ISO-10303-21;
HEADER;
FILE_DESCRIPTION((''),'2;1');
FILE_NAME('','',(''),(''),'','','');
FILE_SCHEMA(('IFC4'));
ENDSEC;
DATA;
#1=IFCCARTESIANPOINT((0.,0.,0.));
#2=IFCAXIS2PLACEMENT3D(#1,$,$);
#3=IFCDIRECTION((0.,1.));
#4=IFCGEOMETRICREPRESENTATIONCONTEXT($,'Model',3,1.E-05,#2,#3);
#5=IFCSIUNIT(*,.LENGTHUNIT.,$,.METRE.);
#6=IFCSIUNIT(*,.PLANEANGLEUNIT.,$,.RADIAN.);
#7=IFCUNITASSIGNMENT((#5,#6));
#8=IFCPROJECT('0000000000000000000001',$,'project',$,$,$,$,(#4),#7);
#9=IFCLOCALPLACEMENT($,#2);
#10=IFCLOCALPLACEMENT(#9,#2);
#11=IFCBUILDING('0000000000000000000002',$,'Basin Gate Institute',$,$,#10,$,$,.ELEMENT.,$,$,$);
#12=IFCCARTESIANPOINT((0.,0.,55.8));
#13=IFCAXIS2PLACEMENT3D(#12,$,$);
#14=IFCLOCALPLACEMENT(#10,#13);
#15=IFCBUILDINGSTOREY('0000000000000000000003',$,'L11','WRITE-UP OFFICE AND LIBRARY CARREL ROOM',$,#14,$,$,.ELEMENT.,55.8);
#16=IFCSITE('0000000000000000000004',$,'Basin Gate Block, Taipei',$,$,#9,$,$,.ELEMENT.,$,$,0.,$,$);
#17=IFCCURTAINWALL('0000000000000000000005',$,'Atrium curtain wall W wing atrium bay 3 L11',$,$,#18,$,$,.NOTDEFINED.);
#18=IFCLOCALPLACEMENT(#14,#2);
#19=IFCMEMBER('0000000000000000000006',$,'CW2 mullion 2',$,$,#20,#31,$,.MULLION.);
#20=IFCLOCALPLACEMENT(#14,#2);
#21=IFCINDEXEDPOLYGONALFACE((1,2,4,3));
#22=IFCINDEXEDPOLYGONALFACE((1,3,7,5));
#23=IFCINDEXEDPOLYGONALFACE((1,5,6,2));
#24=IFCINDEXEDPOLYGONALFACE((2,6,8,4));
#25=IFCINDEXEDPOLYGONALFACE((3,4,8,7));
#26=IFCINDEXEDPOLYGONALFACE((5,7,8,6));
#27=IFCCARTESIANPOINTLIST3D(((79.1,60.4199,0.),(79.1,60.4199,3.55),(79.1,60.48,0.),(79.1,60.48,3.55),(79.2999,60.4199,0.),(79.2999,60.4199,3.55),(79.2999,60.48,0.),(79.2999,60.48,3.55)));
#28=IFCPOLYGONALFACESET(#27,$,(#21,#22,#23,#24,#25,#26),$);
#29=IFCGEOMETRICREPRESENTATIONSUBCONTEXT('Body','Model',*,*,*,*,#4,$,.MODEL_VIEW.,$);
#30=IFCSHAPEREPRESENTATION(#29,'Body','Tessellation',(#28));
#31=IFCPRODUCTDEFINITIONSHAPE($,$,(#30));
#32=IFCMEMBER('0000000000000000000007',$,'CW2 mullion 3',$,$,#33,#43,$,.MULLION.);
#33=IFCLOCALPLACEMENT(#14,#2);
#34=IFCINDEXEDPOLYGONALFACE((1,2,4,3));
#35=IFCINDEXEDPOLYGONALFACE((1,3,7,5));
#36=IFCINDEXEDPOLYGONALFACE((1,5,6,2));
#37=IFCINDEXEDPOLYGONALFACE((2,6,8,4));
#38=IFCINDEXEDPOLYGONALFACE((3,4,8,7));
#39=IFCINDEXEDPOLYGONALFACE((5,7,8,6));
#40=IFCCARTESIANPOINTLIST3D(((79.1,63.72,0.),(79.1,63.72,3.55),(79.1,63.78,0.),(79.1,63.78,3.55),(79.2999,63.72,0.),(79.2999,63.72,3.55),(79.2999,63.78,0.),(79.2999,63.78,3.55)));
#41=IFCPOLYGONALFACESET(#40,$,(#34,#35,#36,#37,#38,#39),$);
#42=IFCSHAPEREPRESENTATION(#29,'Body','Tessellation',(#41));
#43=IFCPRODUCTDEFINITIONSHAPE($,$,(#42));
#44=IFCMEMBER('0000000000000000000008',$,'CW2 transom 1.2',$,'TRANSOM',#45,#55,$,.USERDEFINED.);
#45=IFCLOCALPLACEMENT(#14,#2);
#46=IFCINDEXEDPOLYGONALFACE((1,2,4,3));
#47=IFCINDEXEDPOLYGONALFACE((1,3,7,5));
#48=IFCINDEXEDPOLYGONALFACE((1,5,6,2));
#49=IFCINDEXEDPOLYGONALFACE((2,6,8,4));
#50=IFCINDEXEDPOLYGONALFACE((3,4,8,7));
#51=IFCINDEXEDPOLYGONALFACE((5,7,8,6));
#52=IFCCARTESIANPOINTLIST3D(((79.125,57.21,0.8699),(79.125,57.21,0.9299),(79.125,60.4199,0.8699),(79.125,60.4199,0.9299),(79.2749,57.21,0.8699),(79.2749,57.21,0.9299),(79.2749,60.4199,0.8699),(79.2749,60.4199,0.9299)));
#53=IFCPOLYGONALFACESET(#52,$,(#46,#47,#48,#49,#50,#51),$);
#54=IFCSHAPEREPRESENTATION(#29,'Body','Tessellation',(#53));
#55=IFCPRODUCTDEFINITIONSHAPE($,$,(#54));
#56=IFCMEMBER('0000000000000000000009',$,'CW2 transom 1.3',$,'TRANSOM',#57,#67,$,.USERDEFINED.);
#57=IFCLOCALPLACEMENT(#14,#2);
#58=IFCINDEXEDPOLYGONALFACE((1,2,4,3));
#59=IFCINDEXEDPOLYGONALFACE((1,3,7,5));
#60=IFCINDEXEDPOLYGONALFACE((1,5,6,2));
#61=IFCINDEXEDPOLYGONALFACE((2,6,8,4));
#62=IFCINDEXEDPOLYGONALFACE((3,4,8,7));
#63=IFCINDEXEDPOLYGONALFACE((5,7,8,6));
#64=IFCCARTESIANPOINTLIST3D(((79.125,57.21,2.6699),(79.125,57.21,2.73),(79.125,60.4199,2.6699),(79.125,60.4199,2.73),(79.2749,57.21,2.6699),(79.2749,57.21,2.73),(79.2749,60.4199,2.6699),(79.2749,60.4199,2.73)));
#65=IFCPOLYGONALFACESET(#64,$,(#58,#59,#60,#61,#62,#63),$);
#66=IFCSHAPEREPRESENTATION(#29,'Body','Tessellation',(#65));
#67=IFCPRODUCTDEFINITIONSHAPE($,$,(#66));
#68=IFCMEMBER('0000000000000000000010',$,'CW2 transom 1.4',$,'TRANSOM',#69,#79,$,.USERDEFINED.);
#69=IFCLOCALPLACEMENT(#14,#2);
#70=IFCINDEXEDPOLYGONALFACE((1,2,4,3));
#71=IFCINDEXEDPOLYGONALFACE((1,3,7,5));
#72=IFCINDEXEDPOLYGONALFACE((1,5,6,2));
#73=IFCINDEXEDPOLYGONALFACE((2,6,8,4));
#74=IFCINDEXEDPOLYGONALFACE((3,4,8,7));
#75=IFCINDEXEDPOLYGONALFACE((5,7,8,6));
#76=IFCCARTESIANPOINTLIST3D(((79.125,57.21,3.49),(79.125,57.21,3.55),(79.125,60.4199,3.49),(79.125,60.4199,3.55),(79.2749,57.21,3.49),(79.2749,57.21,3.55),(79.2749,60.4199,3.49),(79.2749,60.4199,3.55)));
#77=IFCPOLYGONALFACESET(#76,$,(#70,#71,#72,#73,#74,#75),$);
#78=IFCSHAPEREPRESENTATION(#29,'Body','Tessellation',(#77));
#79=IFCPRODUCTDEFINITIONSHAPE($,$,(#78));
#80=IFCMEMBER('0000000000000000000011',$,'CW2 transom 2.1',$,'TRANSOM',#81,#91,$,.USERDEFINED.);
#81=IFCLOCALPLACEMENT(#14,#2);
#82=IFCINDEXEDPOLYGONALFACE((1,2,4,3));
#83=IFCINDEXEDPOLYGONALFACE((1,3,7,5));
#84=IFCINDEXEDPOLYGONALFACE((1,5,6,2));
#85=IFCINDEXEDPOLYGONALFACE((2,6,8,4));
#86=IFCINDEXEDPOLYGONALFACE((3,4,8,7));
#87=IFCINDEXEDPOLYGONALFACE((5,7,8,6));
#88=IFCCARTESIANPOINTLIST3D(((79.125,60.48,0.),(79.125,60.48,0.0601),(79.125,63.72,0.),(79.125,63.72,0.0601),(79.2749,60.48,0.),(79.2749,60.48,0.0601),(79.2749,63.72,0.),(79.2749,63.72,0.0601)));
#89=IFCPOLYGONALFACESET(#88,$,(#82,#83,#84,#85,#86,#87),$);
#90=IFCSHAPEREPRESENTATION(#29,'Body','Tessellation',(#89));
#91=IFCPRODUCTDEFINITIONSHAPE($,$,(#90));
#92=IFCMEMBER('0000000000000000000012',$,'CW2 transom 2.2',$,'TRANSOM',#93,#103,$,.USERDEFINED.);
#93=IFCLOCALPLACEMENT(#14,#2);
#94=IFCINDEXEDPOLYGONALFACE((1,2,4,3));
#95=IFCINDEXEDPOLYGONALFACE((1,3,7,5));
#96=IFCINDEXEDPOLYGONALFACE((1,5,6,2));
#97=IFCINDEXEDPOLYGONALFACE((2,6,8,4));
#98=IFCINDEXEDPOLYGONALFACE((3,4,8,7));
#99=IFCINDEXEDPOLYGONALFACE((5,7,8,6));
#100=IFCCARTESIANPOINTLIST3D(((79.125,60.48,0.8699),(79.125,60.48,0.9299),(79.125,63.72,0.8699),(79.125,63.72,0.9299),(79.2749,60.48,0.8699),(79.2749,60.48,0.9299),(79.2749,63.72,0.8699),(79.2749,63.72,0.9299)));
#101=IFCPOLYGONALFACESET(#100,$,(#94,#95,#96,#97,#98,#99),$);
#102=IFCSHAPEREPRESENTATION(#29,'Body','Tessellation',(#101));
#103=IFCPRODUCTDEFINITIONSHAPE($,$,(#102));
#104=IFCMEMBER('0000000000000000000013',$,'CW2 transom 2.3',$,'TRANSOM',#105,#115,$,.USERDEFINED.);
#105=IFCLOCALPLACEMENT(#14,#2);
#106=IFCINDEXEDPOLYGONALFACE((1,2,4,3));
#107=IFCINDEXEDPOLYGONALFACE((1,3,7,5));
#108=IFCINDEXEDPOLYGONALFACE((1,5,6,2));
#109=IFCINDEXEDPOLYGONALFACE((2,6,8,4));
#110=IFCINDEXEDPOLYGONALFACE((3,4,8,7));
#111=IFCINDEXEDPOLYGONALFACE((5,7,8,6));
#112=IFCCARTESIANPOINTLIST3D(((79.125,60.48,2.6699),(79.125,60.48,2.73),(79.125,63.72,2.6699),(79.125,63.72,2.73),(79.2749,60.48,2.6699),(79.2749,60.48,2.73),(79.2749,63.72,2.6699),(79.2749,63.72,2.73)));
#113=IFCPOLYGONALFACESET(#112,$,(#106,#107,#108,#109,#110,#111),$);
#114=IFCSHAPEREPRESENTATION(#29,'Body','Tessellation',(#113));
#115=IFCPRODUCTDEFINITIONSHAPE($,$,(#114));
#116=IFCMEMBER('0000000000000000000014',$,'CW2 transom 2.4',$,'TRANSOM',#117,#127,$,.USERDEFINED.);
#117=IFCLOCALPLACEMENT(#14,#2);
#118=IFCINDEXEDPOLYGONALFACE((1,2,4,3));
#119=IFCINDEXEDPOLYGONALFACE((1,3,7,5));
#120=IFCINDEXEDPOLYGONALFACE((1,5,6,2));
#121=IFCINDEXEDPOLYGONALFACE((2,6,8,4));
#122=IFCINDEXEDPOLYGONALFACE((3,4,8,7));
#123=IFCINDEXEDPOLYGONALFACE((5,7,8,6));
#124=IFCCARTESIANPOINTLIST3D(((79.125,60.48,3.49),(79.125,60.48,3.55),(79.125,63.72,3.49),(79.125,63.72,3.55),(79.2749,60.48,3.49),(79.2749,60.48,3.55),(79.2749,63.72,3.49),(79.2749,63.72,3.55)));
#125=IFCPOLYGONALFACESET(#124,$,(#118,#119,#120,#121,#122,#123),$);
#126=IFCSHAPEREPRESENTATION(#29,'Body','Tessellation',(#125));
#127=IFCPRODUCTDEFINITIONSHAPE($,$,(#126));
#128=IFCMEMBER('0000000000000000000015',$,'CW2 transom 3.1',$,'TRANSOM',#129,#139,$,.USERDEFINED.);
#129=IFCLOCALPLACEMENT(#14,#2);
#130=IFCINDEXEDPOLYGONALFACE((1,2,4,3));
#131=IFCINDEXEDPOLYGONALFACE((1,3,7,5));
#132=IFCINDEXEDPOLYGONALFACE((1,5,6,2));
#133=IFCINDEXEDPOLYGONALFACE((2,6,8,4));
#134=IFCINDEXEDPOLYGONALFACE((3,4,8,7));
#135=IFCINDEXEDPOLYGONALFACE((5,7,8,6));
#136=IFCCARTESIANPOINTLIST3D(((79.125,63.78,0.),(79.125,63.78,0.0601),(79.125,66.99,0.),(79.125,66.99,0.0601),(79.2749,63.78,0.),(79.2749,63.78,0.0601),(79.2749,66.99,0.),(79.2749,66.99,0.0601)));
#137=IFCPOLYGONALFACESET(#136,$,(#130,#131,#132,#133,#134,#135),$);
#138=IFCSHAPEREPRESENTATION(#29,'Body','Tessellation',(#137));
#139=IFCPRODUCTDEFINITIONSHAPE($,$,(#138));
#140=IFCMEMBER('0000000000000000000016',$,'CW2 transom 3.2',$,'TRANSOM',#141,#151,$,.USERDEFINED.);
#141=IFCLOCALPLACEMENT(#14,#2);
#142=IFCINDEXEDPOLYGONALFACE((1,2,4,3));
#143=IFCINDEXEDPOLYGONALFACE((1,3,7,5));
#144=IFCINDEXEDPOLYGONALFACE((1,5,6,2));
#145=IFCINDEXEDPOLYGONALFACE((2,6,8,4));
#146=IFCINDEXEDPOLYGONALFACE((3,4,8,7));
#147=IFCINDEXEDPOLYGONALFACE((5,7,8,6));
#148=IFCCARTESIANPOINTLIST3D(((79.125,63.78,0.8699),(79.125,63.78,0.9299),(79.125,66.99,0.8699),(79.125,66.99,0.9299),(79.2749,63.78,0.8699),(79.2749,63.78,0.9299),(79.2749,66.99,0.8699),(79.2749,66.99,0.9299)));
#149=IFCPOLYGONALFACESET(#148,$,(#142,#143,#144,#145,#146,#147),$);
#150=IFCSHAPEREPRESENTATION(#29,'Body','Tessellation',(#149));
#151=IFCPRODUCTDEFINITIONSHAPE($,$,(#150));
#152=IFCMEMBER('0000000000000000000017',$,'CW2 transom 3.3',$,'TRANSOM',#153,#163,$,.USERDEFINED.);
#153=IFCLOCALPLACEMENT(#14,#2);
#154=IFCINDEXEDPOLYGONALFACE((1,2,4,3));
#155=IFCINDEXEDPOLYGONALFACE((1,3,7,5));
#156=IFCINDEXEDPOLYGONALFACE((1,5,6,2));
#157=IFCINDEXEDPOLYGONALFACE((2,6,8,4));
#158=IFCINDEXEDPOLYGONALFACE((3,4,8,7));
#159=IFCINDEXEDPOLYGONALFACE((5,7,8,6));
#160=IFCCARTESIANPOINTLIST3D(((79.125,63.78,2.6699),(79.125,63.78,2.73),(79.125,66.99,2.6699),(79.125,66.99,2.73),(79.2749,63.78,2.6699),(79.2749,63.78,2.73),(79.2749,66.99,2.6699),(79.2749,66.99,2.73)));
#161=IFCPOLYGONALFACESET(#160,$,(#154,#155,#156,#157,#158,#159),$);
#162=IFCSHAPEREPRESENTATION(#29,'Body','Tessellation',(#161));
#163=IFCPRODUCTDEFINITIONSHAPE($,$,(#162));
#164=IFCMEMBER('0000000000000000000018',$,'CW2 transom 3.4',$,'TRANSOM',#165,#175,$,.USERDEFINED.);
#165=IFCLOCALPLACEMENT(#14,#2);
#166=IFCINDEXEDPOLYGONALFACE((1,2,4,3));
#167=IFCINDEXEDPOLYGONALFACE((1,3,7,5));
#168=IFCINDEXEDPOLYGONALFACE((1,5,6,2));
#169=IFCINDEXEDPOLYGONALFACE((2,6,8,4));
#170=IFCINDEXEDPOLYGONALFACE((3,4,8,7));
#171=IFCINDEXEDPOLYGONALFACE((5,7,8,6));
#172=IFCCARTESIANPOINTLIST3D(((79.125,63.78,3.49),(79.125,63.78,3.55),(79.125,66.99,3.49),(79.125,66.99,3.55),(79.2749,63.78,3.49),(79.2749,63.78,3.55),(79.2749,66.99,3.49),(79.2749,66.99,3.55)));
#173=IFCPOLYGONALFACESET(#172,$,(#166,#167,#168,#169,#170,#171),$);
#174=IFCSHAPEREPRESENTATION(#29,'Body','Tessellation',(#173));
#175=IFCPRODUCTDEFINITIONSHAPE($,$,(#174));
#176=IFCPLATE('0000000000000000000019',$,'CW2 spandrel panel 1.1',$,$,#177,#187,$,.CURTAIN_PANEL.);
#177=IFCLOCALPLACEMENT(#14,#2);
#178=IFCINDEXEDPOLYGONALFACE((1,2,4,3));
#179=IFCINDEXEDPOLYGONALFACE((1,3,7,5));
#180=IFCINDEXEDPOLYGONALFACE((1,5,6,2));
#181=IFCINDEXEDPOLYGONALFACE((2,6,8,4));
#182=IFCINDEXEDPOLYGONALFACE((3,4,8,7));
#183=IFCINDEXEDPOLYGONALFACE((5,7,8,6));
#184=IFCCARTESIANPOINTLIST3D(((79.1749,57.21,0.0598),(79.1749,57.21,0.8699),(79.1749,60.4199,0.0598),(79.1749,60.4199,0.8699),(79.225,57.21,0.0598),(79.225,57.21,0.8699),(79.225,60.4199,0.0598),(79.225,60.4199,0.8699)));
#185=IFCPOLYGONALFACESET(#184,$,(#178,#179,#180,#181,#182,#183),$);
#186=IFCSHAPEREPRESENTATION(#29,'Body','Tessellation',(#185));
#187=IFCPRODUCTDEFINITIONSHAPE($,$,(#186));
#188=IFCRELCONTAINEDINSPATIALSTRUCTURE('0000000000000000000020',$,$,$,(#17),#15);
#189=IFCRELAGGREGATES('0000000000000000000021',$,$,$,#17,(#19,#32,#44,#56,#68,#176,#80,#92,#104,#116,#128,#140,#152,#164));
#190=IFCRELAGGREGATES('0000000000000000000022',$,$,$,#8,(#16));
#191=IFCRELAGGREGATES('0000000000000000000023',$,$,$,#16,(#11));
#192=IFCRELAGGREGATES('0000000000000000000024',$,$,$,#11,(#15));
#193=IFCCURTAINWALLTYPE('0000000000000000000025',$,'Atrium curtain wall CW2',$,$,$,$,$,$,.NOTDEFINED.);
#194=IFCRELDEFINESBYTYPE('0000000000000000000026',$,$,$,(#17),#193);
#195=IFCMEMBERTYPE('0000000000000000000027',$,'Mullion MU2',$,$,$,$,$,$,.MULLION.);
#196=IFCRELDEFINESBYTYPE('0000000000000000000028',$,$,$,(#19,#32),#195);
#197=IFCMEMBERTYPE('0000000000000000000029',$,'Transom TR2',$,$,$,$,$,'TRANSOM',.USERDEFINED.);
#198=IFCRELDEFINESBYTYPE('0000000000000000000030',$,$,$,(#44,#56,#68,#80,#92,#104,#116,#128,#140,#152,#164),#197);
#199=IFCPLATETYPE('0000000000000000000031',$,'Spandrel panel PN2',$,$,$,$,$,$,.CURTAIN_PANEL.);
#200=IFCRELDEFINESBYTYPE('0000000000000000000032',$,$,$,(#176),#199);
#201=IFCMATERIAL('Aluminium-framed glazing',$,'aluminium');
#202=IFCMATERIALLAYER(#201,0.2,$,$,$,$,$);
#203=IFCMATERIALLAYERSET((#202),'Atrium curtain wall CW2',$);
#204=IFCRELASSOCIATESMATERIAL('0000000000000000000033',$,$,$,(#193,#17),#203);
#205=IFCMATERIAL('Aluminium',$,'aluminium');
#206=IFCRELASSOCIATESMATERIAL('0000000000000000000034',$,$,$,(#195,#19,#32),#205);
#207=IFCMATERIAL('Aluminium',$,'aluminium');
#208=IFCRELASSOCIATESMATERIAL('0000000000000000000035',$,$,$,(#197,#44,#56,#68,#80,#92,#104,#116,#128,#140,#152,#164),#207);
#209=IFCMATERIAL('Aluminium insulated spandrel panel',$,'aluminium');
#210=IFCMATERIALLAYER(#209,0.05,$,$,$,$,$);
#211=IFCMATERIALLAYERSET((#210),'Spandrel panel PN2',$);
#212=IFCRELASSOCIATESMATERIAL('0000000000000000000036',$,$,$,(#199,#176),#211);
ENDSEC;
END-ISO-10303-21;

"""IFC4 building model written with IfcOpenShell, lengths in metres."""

from ifc_helpers import new_model, si_unit, direction, frame, origin, origin_2d, place, context, subcontext, project, spatial, rectangle, extrude, material, layer, layer_set, material_profile, profile_set, type_object, element, aggregate, save


model = new_model("IFC4")

# Units and contexts
model_context = context("Model", 3, precision=1e-05, world=origin(), true_north=direction((0.0, 1.0)))
body_context = subcontext(model_context, "Body", "Model", "MODEL_VIEW")
ifc_project = project(units=[si_unit("LENGTHUNIT", "METRE"), si_unit("PLANEANGLEUNIT", "RADIAN")], contexts=[model_context])

# Site, building, storey
site_placement = place(None, origin())
site = spatial("IfcSite", under=ifc_project, at=site_placement, Name="Basin Gate Block, Taipei", CompositionType="ELEMENT", RefElevation=0.0)
building_placement = place(site_placement, origin())
building = spatial("IfcBuilding", under=site, at=building_placement, Name="Basin Gate Institute", CompositionType="ELEMENT")
storey_placement = place(building_placement, frame((0.0, 0.0, 55.8)))
storey = spatial("IfcBuildingStorey", under=building, at=storey_placement, Name="L11", Description="WRITE-UP OFFICE AND LIBRARY CARREL ROOM", CompositionType="ELEMENT", Elevation=55.8)

# Curtain wall, members, plate
ifc_material_1 = material(Name="Aluminium-framed glazing", Category="aluminium")
ifc_layer_1 = layer(ifc_material_1, 0.2)
ifc_layer_set_1 = layer_set([ifc_layer_1], Name="Atrium curtain wall CW2")
curtain_wall_type = type_object("IfcCurtainWallType", Name="Atrium curtain wall CW2", PredefinedType="NOTDEFINED", material=ifc_layer_set_1)
curtain_wall_placement = place(storey_placement, origin())
curtain_wall = element("IfcCurtainWall", 1, at=curtain_wall_placement, inside=storey, type_object=curtain_wall_type, material=ifc_layer_set_1, Name="Atrium curtain wall W wing atrium bay 3 L11", PredefinedType="NOTDEFINED")
ifc_material_2 = material(Name="Aluminium", Category="aluminium")
ifc_material_profile_1 = material_profile(ifc_material_2, rectangle(XDim=0.2, YDim=0.0601, at=origin_2d()), Name="Mullion MU2 200 x 60")
ifc_profile_set_1 = profile_set([ifc_material_profile_1], Name="Aluminium")
member_type_1 = type_object("IfcMemberType", Name="Mullion MU2", PredefinedType="MULLION", material=ifc_profile_set_1)
member_1_placement = place(storey_placement, frame((79.2, 60.45, 0.0), z_axis=(0.0, 0.0, 1.0), x_axis=(-1.0, 0.0, 0.0)))
member_1 = element("IfcMember", 2, at=member_1_placement, type_object=member_type_1, material=ifc_profile_set_1, Name="CW2 mullion 2", PredefinedType="MULLION", context=body_context, shape_type="SweptSolid", body=[
    extrude(rectangle(XDim=0.2, YDim=0.0601, at=origin_2d()), origin(), (0.0, 0.0, 1.0), 3.55),
])
member_2_placement = place(storey_placement, frame((79.2, 63.75, 0.0), z_axis=(0.0, 0.0, 1.0), x_axis=(-1.0, 0.0, 0.0)))
member_2 = element("IfcMember", 3, at=member_2_placement, type_object=member_type_1, material=ifc_profile_set_1, Name="CW2 mullion 3", PredefinedType="MULLION", context=body_context, shape_type="SweptSolid", body=[
    extrude(rectangle(XDim=0.2, YDim=0.0601, at=origin_2d()), origin(), (0.0, 0.0, 1.0), 3.55),
])
ifc_material_3 = material(Name="Aluminium", Category="aluminium")
ifc_material_profile_2 = material_profile(ifc_material_3, rectangle(XDim=0.1499, YDim=0.0601, at=origin_2d()), Name="Transom TR2 150 x 60")
ifc_profile_set_2 = profile_set([ifc_material_profile_2], Name="Aluminium")
member_type_2 = type_object("IfcMemberType", Name="Transom TR2", ElementType="TRANSOM", PredefinedType="USERDEFINED", material=ifc_profile_set_2)
member_3_placement = place(storey_placement, frame((79.2, 57.21, 0.8999), z_axis=(0.0, 1.0, 0.0), x_axis=(-1.0, 0.0, 0.0)))
member_3 = element("IfcMember", 4, at=member_3_placement, type_object=member_type_2, material=ifc_profile_set_2, Name="CW2 transom 1.2", ObjectType="TRANSOM", PredefinedType="USERDEFINED", context=body_context, shape_type="SweptSolid", body=[
    extrude(rectangle(XDim=0.1499, YDim=0.0601, at=origin_2d()), origin(), (0.0, 0.0, 1.0), 3.21),
])
member_4_placement = place(storey_placement, frame((79.2, 57.21, 2.7), z_axis=(0.0, 1.0, 0.0), x_axis=(-1.0, 0.0, 0.0)))
member_4 = element("IfcMember", 5, at=member_4_placement, type_object=member_type_2, material=ifc_profile_set_2, Name="CW2 transom 1.3", ObjectType="TRANSOM", PredefinedType="USERDEFINED", context=body_context, shape_type="SweptSolid", body=[
    extrude(rectangle(XDim=0.1499, YDim=0.0601, at=origin_2d()), origin(), (0.0, 0.0, 1.0), 3.21),
])
member_5_placement = place(storey_placement, frame((79.2, 57.21, 3.52), z_axis=(0.0, 1.0, 0.0), x_axis=(-1.0, 0.0, 0.0)))
member_5 = element("IfcMember", 6, at=member_5_placement, type_object=member_type_2, material=ifc_profile_set_2, Name="CW2 transom 1.4", ObjectType="TRANSOM", PredefinedType="USERDEFINED", context=body_context, shape_type="SweptSolid", body=[
    extrude(rectangle(XDim=0.1499, YDim=0.0601, at=origin_2d()), origin(), (0.0, 0.0, 1.0), 3.21),
])
member_6_placement = place(storey_placement, frame((79.2, 60.48, 0.03), z_axis=(0.0, 1.0, 0.0), x_axis=(-1.0, 0.0, 0.0)))
member_6 = element("IfcMember", 7, at=member_6_placement, type_object=member_type_2, material=ifc_profile_set_2, Name="CW2 transom 2.1", ObjectType="TRANSOM", PredefinedType="USERDEFINED", context=body_context, shape_type="SweptSolid", body=[
    extrude(rectangle(XDim=0.1499, YDim=0.0601, at=origin_2d()), origin(), (0.0, 0.0, 1.0), 3.24),
])
member_7_placement = place(storey_placement, frame((79.2, 60.48, 0.8999), z_axis=(0.0, 1.0, 0.0), x_axis=(-1.0, 0.0, 0.0)))
member_7 = element("IfcMember", 8, at=member_7_placement, type_object=member_type_2, material=ifc_profile_set_2, Name="CW2 transom 2.2", ObjectType="TRANSOM", PredefinedType="USERDEFINED", context=body_context, shape_type="SweptSolid", body=[
    extrude(rectangle(XDim=0.1499, YDim=0.0601, at=origin_2d()), origin(), (0.0, 0.0, 1.0), 3.24),
])
member_8_placement = place(storey_placement, frame((79.2, 60.48, 2.7), z_axis=(0.0, 1.0, 0.0), x_axis=(-1.0, 0.0, 0.0)))
member_8 = element("IfcMember", 9, at=member_8_placement, type_object=member_type_2, material=ifc_profile_set_2, Name="CW2 transom 2.3", ObjectType="TRANSOM", PredefinedType="USERDEFINED", context=body_context, shape_type="SweptSolid", body=[
    extrude(rectangle(XDim=0.1499, YDim=0.0601, at=origin_2d()), origin(), (0.0, 0.0, 1.0), 3.24),
])
member_9_placement = place(storey_placement, frame((79.2, 60.48, 3.52), z_axis=(0.0, 1.0, 0.0), x_axis=(-1.0, 0.0, 0.0)))
member_9 = element("IfcMember", 10, at=member_9_placement, type_object=member_type_2, material=ifc_profile_set_2, Name="CW2 transom 2.4", ObjectType="TRANSOM", PredefinedType="USERDEFINED", context=body_context, shape_type="SweptSolid", body=[
    extrude(rectangle(XDim=0.1499, YDim=0.0601, at=origin_2d()), origin(), (0.0, 0.0, 1.0), 3.24),
])
member_10_placement = place(storey_placement, frame((79.2, 63.78, 0.03), z_axis=(0.0, 1.0, 0.0), x_axis=(-1.0, 0.0, 0.0)))
member_10 = element("IfcMember", 11, at=member_10_placement, type_object=member_type_2, material=ifc_profile_set_2, Name="CW2 transom 3.1", ObjectType="TRANSOM", PredefinedType="USERDEFINED", context=body_context, shape_type="SweptSolid", body=[
    extrude(rectangle(XDim=0.1499, YDim=0.0601, at=origin_2d()), origin(), (0.0, 0.0, 1.0), 3.21),
])
member_11_placement = place(storey_placement, frame((79.2, 63.78, 0.8999), z_axis=(0.0, 1.0, 0.0), x_axis=(-1.0, 0.0, 0.0)))
member_11 = element("IfcMember", 12, at=member_11_placement, type_object=member_type_2, material=ifc_profile_set_2, Name="CW2 transom 3.2", ObjectType="TRANSOM", PredefinedType="USERDEFINED", context=body_context, shape_type="SweptSolid", body=[
    extrude(rectangle(XDim=0.1499, YDim=0.0601, at=origin_2d()), origin(), (0.0, 0.0, 1.0), 3.21),
])
member_12_placement = place(storey_placement, frame((79.2, 63.78, 2.7), z_axis=(0.0, 1.0, 0.0), x_axis=(-1.0, 0.0, 0.0)))
member_12 = element("IfcMember", 13, at=member_12_placement, type_object=member_type_2, material=ifc_profile_set_2, Name="CW2 transom 3.3", ObjectType="TRANSOM", PredefinedType="USERDEFINED", context=body_context, shape_type="SweptSolid", body=[
    extrude(rectangle(XDim=0.1499, YDim=0.0601, at=origin_2d()), origin(), (0.0, 0.0, 1.0), 3.21),
])
member_13_placement = place(storey_placement, frame((79.2, 63.78, 3.52), z_axis=(0.0, 1.0, 0.0), x_axis=(-1.0, 0.0, 0.0)))
member_13 = element("IfcMember", 14, at=member_13_placement, type_object=member_type_2, material=ifc_profile_set_2, Name="CW2 transom 3.4", ObjectType="TRANSOM", PredefinedType="USERDEFINED", context=body_context, shape_type="SweptSolid", body=[
    extrude(rectangle(XDim=0.1499, YDim=0.0601, at=origin_2d()), origin(), (0.0, 0.0, 1.0), 3.21),
])
ifc_material_4 = material(Name="Aluminium insulated spandrel panel", Category="aluminium")
ifc_layer_2 = layer(ifc_material_4, 0.05)
ifc_layer_set_2 = layer_set([ifc_layer_2], Name="Spandrel panel PN2")
plate_type_1 = type_object("IfcPlateType", Name="Spandrel panel PN2", PredefinedType="CURTAIN_PANEL", material=ifc_layer_set_2)
plate_1_placement = place(storey_placement, frame((79.2, 58.8149, 0.0598), z_axis=(0.0, 0.0, 1.0), x_axis=(0.0, 1.0, 0.0)))
plate_1 = element("IfcPlate", 15, at=plate_1_placement, type_object=plate_type_1, material=ifc_layer_set_2, Name="CW2 spandrel panel 1.1", PredefinedType="CURTAIN_PANEL", context=body_context, shape_type="SweptSolid", body=[
    extrude(rectangle(XDim=3.21, YDim=0.05, at=origin_2d()), origin(), (0.0, 0.0, 1.0), 0.8101),
])
aggregate(curtain_wall, [member_1, member_2, member_3, member_4, member_5, plate_1, member_6, member_7, member_8, member_9, member_10, member_11, member_12, member_13])

save(model, "model.ifc")
